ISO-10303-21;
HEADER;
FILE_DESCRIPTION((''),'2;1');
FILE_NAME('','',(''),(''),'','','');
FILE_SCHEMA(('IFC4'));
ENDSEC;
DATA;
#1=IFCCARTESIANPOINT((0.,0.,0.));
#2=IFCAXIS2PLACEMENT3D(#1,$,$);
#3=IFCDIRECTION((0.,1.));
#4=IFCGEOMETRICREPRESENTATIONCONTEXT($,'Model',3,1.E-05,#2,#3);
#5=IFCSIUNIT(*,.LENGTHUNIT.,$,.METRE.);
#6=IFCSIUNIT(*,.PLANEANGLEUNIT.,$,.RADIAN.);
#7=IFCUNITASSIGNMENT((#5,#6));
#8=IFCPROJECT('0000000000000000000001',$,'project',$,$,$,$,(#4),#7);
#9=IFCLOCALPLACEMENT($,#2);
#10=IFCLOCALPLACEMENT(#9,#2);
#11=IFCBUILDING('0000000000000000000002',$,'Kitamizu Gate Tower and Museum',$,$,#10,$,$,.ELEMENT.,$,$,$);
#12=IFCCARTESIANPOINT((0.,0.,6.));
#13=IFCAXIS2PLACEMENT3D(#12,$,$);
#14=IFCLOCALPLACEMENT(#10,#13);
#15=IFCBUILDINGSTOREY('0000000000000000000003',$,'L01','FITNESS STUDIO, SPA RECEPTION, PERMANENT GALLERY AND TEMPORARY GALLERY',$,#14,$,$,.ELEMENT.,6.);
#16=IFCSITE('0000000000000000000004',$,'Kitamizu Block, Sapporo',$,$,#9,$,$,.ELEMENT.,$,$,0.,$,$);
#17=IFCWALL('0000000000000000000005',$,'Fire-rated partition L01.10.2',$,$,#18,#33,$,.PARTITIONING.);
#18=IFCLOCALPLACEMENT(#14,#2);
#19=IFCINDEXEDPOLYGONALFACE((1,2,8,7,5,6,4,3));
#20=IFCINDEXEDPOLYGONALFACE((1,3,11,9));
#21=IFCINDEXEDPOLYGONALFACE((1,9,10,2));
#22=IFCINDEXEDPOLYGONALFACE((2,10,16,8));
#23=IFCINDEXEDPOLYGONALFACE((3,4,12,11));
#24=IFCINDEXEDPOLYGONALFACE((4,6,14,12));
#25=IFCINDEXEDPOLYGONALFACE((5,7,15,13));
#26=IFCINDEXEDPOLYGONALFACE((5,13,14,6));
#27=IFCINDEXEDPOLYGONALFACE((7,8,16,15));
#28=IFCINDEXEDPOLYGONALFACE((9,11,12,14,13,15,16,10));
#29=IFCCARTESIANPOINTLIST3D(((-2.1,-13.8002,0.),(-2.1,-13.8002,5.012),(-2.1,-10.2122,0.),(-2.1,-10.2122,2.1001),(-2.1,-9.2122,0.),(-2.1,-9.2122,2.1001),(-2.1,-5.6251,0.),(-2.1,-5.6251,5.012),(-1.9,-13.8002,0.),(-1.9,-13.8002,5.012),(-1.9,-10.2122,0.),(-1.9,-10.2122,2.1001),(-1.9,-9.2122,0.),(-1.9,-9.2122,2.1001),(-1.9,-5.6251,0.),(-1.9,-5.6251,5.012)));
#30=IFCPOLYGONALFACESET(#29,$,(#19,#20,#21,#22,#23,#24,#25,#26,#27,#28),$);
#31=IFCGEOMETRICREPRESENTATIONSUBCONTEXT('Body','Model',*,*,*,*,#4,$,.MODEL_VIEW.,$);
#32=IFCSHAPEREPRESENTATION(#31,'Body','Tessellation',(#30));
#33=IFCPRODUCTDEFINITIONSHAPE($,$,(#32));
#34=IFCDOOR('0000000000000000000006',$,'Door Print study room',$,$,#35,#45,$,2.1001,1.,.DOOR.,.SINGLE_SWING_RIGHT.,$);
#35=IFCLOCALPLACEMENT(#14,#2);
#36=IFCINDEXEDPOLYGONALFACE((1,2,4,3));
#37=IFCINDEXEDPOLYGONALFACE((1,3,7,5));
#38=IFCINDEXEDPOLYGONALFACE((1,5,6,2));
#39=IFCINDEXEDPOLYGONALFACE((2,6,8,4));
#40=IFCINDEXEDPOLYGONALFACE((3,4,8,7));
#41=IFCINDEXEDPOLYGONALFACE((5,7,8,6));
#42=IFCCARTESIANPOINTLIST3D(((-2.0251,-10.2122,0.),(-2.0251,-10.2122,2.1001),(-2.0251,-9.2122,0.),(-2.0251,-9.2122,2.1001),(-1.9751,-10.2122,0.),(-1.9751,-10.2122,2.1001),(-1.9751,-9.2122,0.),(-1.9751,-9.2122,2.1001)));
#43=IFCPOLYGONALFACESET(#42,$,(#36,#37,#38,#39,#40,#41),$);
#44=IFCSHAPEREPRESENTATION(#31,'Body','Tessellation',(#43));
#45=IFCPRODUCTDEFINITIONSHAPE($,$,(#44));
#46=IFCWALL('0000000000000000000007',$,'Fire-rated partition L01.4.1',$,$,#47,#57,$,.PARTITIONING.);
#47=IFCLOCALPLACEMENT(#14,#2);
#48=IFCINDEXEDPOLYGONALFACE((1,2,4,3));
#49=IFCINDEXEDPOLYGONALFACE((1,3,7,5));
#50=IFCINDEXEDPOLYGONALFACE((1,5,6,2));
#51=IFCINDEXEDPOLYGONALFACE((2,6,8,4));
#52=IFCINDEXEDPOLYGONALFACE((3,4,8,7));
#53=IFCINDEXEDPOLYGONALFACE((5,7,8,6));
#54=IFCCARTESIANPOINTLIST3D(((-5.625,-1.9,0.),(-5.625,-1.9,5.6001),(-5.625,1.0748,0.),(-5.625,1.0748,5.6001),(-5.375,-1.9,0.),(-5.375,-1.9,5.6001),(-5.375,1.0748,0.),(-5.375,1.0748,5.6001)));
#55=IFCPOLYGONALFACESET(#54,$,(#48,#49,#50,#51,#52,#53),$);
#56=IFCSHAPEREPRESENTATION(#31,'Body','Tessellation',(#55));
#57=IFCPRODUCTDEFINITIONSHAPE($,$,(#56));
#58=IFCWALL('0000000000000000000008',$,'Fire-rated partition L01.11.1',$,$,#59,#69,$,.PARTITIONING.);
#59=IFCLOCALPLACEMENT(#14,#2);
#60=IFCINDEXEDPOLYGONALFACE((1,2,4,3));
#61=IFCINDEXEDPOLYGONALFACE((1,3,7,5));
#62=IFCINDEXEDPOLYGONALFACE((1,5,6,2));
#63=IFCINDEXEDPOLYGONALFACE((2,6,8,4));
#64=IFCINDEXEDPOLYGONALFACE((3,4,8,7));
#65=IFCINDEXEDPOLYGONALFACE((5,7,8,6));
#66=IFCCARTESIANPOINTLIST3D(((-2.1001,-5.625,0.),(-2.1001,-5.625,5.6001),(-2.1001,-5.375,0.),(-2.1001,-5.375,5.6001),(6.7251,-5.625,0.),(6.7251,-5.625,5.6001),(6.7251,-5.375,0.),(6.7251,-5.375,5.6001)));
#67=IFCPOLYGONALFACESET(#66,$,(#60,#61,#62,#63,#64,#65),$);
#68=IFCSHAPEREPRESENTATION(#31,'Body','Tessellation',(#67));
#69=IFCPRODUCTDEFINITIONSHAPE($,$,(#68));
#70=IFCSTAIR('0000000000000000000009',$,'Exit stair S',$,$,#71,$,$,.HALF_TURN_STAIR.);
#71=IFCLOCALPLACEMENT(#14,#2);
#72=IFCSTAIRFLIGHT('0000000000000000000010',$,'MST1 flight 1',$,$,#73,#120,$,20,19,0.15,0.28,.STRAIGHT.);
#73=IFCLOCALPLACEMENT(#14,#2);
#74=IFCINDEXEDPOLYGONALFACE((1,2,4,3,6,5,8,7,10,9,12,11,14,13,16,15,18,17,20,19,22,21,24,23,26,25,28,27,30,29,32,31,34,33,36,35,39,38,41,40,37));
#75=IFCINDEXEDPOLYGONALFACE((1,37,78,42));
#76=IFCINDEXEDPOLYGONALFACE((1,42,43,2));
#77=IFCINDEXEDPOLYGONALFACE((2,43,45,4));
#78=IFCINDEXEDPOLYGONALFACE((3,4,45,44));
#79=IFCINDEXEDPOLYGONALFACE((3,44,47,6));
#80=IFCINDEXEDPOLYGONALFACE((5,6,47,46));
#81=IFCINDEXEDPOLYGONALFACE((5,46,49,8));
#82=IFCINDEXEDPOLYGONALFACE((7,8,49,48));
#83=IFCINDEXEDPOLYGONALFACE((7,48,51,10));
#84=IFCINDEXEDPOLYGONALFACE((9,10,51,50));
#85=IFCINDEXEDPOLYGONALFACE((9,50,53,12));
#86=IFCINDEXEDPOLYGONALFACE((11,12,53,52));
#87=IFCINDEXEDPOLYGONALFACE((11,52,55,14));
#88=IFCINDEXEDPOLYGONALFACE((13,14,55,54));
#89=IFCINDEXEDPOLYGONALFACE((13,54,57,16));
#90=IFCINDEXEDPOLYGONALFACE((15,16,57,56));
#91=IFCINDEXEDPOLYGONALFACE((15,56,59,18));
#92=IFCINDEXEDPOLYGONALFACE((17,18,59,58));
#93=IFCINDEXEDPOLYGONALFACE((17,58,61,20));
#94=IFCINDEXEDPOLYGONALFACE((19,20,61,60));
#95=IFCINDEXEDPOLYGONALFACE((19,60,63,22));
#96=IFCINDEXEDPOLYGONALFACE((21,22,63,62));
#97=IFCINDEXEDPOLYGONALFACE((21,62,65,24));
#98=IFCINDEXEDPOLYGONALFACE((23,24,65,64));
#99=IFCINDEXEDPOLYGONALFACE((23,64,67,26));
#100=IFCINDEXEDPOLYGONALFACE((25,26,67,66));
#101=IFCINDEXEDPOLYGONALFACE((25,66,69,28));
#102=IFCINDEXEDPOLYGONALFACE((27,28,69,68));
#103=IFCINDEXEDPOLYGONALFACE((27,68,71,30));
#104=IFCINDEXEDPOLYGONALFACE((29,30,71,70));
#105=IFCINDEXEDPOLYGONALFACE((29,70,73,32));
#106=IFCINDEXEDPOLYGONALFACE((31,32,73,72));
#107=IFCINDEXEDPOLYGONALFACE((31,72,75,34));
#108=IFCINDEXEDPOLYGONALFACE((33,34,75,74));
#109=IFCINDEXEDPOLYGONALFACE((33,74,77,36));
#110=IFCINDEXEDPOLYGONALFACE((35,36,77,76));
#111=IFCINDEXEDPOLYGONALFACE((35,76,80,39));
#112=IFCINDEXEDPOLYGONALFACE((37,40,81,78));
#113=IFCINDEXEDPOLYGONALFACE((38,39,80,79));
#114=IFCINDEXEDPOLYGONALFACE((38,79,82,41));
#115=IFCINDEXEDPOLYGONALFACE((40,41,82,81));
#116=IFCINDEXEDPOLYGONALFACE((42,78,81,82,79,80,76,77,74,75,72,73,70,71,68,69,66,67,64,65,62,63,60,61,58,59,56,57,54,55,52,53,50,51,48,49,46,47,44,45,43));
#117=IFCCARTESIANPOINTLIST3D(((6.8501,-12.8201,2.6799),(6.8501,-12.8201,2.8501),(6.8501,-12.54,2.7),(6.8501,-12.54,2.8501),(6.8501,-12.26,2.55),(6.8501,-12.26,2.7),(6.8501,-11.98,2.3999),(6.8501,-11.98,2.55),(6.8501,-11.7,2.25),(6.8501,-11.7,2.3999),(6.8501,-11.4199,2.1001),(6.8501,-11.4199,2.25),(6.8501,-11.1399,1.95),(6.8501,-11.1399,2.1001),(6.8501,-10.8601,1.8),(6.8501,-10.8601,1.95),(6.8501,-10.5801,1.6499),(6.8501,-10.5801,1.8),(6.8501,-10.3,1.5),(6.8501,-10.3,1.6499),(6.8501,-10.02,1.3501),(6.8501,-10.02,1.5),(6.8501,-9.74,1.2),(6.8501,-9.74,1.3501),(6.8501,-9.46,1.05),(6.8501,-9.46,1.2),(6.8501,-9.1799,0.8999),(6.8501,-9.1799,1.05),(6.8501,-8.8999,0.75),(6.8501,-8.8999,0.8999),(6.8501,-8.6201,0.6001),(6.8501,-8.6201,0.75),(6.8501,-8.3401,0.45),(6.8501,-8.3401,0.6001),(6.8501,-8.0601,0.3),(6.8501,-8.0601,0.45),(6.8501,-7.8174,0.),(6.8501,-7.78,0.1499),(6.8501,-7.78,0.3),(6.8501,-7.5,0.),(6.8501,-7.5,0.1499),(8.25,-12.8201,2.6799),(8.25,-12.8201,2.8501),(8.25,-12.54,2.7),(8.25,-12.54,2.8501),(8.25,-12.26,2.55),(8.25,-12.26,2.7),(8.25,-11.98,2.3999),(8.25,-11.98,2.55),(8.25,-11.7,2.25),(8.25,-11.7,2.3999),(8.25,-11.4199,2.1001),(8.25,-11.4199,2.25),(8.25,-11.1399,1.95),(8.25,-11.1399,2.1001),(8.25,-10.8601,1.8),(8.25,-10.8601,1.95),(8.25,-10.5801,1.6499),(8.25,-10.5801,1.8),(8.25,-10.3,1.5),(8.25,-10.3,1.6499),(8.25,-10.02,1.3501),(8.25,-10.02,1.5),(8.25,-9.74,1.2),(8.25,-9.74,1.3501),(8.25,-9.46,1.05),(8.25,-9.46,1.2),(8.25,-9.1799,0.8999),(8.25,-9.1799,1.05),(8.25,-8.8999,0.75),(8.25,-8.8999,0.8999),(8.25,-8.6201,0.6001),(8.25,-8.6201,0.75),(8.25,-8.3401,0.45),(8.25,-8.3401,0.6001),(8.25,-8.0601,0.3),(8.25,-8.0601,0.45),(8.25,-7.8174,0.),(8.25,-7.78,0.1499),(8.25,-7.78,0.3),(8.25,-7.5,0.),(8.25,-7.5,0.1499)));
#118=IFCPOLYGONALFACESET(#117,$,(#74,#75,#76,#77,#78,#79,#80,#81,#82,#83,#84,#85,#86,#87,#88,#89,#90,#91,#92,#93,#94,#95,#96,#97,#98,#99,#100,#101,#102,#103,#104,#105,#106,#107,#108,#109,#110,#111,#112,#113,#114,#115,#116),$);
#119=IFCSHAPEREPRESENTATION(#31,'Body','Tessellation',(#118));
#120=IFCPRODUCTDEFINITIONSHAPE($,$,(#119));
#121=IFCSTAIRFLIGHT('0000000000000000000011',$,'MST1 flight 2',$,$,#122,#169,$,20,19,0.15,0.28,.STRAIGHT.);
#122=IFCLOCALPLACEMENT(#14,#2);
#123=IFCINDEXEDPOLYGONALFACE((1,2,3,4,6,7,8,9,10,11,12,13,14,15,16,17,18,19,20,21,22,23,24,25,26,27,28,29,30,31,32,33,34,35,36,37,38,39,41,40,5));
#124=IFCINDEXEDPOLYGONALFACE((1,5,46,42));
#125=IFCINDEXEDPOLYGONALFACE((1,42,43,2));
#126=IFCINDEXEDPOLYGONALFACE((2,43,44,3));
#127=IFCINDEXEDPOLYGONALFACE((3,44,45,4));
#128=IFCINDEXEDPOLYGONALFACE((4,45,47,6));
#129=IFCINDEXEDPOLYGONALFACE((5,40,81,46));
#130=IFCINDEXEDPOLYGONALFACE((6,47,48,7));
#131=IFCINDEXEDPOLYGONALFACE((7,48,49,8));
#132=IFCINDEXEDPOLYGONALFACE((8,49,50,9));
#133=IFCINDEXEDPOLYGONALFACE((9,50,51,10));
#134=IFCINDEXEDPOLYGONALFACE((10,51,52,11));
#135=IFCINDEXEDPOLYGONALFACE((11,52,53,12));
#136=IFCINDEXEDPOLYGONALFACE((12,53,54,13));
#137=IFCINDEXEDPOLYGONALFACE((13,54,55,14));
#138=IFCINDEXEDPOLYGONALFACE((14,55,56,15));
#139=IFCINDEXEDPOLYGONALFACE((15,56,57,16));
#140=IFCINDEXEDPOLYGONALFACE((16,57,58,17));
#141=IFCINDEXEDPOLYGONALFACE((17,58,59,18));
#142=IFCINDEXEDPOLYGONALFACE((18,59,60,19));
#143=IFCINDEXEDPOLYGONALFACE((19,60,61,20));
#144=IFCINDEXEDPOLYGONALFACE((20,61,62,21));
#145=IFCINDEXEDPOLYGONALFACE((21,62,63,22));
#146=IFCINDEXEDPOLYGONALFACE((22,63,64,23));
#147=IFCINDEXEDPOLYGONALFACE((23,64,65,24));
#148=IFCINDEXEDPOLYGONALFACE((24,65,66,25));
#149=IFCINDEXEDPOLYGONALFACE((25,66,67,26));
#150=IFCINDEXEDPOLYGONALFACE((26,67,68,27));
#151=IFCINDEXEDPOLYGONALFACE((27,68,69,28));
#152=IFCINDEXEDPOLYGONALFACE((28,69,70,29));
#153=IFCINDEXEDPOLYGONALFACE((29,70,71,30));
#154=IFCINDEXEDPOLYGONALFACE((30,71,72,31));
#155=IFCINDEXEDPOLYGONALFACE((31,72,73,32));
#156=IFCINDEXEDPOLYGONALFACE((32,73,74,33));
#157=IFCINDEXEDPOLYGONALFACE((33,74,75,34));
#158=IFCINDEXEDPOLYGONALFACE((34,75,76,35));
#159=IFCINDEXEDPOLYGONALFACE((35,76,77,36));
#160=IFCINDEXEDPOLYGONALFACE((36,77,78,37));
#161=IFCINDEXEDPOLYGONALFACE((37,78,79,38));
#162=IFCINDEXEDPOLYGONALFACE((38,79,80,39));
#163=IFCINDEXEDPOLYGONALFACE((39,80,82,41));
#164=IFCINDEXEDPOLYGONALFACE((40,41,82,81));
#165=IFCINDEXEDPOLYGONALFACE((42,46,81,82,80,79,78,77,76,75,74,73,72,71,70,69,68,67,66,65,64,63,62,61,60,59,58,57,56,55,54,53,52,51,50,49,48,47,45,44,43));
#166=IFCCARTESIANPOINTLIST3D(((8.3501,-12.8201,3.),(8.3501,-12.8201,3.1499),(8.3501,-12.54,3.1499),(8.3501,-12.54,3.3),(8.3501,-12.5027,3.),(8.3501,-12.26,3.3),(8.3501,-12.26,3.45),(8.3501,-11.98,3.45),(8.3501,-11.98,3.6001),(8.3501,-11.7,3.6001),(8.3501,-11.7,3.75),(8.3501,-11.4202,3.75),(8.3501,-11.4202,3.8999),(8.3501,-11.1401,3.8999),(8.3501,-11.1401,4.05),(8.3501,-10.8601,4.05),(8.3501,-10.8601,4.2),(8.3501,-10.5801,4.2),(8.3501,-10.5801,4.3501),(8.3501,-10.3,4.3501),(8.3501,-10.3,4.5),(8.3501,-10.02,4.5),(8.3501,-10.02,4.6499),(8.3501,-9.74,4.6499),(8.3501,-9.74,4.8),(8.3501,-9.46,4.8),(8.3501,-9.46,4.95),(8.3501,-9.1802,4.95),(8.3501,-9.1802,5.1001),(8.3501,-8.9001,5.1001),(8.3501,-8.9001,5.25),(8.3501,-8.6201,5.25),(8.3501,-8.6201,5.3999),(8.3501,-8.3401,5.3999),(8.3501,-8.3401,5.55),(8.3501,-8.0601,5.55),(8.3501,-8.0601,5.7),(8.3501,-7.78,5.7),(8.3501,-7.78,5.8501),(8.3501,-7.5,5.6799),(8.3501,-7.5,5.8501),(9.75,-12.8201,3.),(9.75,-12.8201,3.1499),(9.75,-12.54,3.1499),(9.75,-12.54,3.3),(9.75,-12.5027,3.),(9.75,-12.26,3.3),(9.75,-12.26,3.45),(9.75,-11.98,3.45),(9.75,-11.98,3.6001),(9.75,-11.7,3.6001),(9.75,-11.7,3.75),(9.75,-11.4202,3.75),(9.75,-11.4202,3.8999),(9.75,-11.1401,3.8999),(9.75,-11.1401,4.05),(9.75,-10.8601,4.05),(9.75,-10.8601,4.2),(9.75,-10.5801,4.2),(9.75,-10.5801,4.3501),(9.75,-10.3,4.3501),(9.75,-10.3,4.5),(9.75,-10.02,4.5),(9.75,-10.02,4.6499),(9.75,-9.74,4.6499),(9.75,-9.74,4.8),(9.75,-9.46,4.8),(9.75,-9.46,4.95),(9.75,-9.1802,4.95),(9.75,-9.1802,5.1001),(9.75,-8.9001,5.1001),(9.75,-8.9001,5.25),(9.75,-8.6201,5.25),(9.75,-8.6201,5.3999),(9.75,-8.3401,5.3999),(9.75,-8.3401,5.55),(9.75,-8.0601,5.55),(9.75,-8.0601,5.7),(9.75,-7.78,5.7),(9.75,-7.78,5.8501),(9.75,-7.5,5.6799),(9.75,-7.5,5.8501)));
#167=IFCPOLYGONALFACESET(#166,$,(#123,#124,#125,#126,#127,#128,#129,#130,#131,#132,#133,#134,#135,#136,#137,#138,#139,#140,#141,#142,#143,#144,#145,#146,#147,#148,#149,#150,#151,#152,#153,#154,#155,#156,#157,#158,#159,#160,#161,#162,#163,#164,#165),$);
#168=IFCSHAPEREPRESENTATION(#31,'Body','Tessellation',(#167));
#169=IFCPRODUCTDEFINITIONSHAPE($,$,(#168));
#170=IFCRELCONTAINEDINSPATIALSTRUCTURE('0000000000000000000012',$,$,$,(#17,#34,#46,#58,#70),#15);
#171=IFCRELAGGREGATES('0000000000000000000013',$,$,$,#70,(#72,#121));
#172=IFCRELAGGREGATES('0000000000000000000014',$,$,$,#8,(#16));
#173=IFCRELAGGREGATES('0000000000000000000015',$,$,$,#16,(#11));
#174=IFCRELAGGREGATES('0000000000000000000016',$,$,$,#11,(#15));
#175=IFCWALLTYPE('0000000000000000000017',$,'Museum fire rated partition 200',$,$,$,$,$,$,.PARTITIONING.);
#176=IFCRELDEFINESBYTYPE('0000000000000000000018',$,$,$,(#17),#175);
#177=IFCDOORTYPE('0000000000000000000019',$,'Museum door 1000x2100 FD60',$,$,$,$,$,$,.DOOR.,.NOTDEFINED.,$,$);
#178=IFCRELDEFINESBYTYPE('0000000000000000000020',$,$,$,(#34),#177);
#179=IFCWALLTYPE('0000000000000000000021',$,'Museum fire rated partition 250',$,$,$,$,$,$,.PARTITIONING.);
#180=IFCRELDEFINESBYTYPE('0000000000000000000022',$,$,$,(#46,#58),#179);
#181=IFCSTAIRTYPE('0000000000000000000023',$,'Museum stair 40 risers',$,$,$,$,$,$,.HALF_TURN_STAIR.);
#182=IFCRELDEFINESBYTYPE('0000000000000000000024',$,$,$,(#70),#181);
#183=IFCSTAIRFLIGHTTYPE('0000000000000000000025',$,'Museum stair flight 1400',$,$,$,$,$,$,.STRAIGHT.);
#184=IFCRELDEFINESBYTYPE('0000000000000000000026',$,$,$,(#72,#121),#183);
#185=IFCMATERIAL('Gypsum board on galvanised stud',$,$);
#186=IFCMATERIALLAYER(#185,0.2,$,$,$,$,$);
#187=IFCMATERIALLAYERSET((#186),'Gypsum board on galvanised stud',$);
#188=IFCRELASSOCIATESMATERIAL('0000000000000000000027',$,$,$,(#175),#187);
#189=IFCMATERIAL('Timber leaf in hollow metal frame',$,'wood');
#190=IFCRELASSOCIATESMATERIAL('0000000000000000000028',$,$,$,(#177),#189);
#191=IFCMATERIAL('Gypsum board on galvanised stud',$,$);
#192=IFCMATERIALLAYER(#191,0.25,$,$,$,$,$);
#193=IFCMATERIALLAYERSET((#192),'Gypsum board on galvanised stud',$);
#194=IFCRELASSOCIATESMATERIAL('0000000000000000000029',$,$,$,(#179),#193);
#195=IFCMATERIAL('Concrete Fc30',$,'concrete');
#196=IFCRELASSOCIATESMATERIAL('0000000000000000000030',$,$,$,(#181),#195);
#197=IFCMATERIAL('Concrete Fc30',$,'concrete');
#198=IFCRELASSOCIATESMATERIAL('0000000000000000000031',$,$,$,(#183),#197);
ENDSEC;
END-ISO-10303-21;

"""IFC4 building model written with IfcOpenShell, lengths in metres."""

from ifc_helpers import new_model, si_unit, direction, frame, frame_2d, origin, place, context, subcontext, project, spatial, polyline, rectangle, outline, extrude, material, layer, layer_set, type_object, element, fill, aggregate, save


model = new_model("IFC4")

# Units and contexts
model_context = context("Model", 3, precision=1e-05, world=origin(), true_north=direction((0.0, 1.0)))
body_context = subcontext(model_context, "Body", "Model", "MODEL_VIEW")
ifc_project = project(units=[si_unit("LENGTHUNIT", "METRE"), si_unit("PLANEANGLEUNIT", "RADIAN")], contexts=[model_context])

# Site, building, storey
site_placement = place(None, origin())
site = spatial("IfcSite", under=ifc_project, at=site_placement, Name="Kitamizu Block, Sapporo", CompositionType="ELEMENT", RefElevation=0.0)
building_placement = place(site_placement, origin())
building = spatial("IfcBuilding", under=site, at=building_placement, Name="Kitamizu Gate Tower and Museum", CompositionType="ELEMENT")
storey_placement = place(building_placement, frame((0.0, 0.0, 6.0)))
storey = spatial("IfcBuildingStorey", under=building, at=storey_placement, Name="L01", Description="FITNESS STUDIO, SPA RECEPTION, PERMANENT GALLERY AND TEMPORARY GALLERY", CompositionType="ELEMENT", Elevation=6.0)

# Wall, opening, door
ifc_material_1 = material(Name="Gypsum board on galvanised stud")
ifc_layer_1 = layer(ifc_material_1, 0.2)
ifc_layer_set_1 = layer_set([ifc_layer_1], Name="Gypsum board on galvanised stud")
wall_type_1 = type_object("IfcWallType", Name="Museum fire rated partition 200", PredefinedType="PARTITIONING", material=ifc_layer_set_1)
wall_1_placement = place(storey_placement, frame((-2.0, -13.8, 0.0), z_axis=(0.0, 0.0, 1.0), x_axis=(0.0, 1.0, 0.0)))
wall_1 = element("IfcWall", 1, at=wall_1_placement, inside=storey, type_object=wall_type_1, Name="Fire-rated partition L01.10.2", PredefinedType="PARTITIONING", context=body_context, shape_type="SweptSolid", body=[
    extrude(rectangle(XDim=8.175, YDim=0.2, at=frame_2d((4.0874, 0.0))), origin(), (0.0, 0.0, 1.0), 5.012),
])
opening_1_placement = place(wall_1_placement, frame((3.5879, 0.0, 0.0)))
opening_1 = element("IfcOpeningElement", 2, at=opening_1_placement, cuts=wall_1, PredefinedType="OPENING", context=body_context, shape_type="SweptSolid", body=[
    extrude(rectangle(XDim=1.0, YDim=2.1001, at=frame_2d((0.5, 1.05))), frame((0.0, 0.1099, 0.0), z_axis=(0.0, -1.0, 0.0), x_axis=(1.0, 0.0, 0.0)), (0.0, 0.0, 1.0), 0.22),
])
ifc_material_2 = material(Name="Timber leaf in hollow metal frame", Category="wood")
door_type_1 = type_object("IfcDoorType", Name="Museum door 1000x2100 FD60", OperationType="NOTDEFINED", PredefinedType="DOOR", material=ifc_material_2)
door_1_placement = place(opening_1_placement, frame((1.0, 0.0, 0.0), x_axis=(-1.0, 0.0, 0.0)))
door_1 = element("IfcDoor", 3, at=door_1_placement, inside=storey, type_object=door_type_1, Name="Door Print study room", OperationType="SINGLE_SWING_RIGHT", OverallHeight=2.1001, OverallWidth=1.0, PredefinedType="DOOR", context=body_context, shape_type="SweptSolid", body=[
    extrude(rectangle(XDim=1.0, YDim=2.1001, at=frame_2d((0.5, 1.05))), frame((0.0, 0.0249, 0.0), z_axis=(0.0, -1.0, 0.0), x_axis=(1.0, 0.0, 0.0)), (0.0, 0.0, 1.0), 0.05),
])
fill(opening_1, door_1)

# Walls
ifc_material_3 = material(Name="Gypsum board on galvanised stud")
ifc_layer_2 = layer(ifc_material_3, 0.25)
ifc_layer_set_2 = layer_set([ifc_layer_2], Name="Gypsum board on galvanised stud")
wall_type_2 = type_object("IfcWallType", Name="Museum fire rated partition 250", PredefinedType="PARTITIONING", material=ifc_layer_set_2)
wall_2_placement = place(storey_placement, frame((-5.5, -1.8999, 0.0), z_axis=(0.0, 0.0, 1.0), x_axis=(0.0, 1.0, 0.0)))
element("IfcWall", 4, at=wall_2_placement, inside=storey, type_object=wall_type_2, Name="Fire-rated partition L01.4.1", PredefinedType="PARTITIONING", context=body_context, shape_type="SweptSolid", body=[
    extrude(rectangle(XDim=2.9749, YDim=0.25, at=frame_2d((1.4873, 0.0))), origin(), (0.0, 0.0, 1.0), 5.6001),
])
wall_3_placement = place(storey_placement, frame((-2.1001, -5.5, 0.0), z_axis=(0.0, 0.0, 1.0), x_axis=(1.0, 0.0, 0.0)))
element("IfcWall", 5, at=wall_3_placement, inside=storey, type_object=wall_type_2, Name="Fire-rated partition L01.11.1", PredefinedType="PARTITIONING", context=body_context, shape_type="SweptSolid", body=[
    extrude(rectangle(XDim=8.8252, YDim=0.25, at=frame_2d((4.4126, 0.0))), origin(), (0.0, 0.0, 1.0), 5.6001),
])

# Stair, stair flights
ifc_material_4 = material(Name="Concrete Fc30", Category="concrete")
stair_type = type_object("IfcStairType", Name="Museum stair 40 risers", PredefinedType="HALF_TURN_STAIR", material=ifc_material_4)
stair_placement = place(storey_placement, origin())
stair = element("IfcStair", 6, at=stair_placement, inside=storey, type_object=stair_type, Name="Exit stair S", PredefinedType="HALF_TURN_STAIR")
ifc_material_5 = material(Name="Concrete Fc30", Category="concrete")
stair_flight_type = type_object("IfcStairFlightType", Name="Museum stair flight 1400", PredefinedType="STRAIGHT", material=ifc_material_5)
stair_flight_1_placement = place(storey_placement, frame((7.55, -7.5, 0.0), z_axis=(0.0, 0.0, 1.0), x_axis=(0.0, -1.0, 0.0)))
stair_flight_1 = element("IfcStairFlight", 7, at=stair_flight_1_placement, type_object=stair_flight_type, Name="MST1 flight 1", NumberOfRisers=20, NumberOfTreads=19, PredefinedType="STRAIGHT", RiserHeight=0.15, TreadLength=0.28, context=body_context, shape_type="SweptSolid", body=[
    extrude(outline(polyline([(0.0, 0.0), (0.0, 0.1499), (0.28, 0.1499), (0.28, 0.3), (0.5601, 0.3), (0.5601, 0.45), (0.8401, 0.45), (0.8401, 0.6001), (1.1201, 0.6001), (1.1201, 0.75), (1.3999, 0.75), (1.3999, 0.8999), (1.6799, 0.8999), (1.6799, 1.05), (1.96, 1.05), (1.96, 1.2), (2.24, 1.2), (2.24, 1.3501), (2.52, 1.3501), (2.52, 1.5), (2.8, 1.5), (2.8, 1.6499), (3.0801, 1.6499), (3.0801, 1.8), (3.3601, 1.8), (3.3601, 1.95), (3.6399, 1.95), (3.6399, 2.1001), (3.9199, 2.1001), (3.9199, 2.25), (4.2, 2.25), (4.2, 2.3999), (4.48, 2.3999), (4.48, 2.55), (4.76, 2.55), (4.76, 2.7), (5.04, 2.7), (5.04, 2.8501), (5.3201, 2.8501), (5.3201, 3.0), (5.3201, 2.6799), (0.3174, 0.0), (0.0, 0.0)])), frame((0.0, 0.7, 0.0), z_axis=(0.0, -1.0, 0.0), x_axis=(1.0, 0.0, 0.0)), (0.0, 0.0, 1.0), 1.3999),
])
stair_flight_2_placement = place(storey_placement, frame((9.05, -12.8201, 3.0), z_axis=(0.0, 0.0, 1.0), x_axis=(0.0, 1.0, 0.0)))
stair_flight_2 = element("IfcStairFlight", 8, at=stair_flight_2_placement, type_object=stair_flight_type, Name="MST1 flight 2", NumberOfRisers=20, NumberOfTreads=19, PredefinedType="STRAIGHT", RiserHeight=0.15, TreadLength=0.28, context=body_context, shape_type="SweptSolid", body=[
    extrude(outline(polyline([(0.0, 0.0), (0.0, 0.1499), (0.28, 0.1499), (0.28, 0.3), (0.5601, 0.3), (0.5601, 0.45), (0.8401, 0.45), (0.8401, 0.6001), (1.1201, 0.6001), (1.1201, 0.75), (1.3999, 0.75), (1.3999, 0.8999), (1.6799, 0.8999), (1.6799, 1.05), (1.96, 1.05), (1.96, 1.2), (2.24, 1.2), (2.24, 1.3501), (2.52, 1.3501), (2.52, 1.5), (2.8, 1.5), (2.8, 1.6499), (3.0801, 1.6499), (3.0801, 1.8), (3.3601, 1.8), (3.3601, 1.95), (3.6399, 1.95), (3.6399, 2.1001), (3.9199, 2.1001), (3.9199, 2.25), (4.2, 2.25), (4.2, 2.3999), (4.48, 2.3999), (4.48, 2.55), (4.76, 2.55), (4.76, 2.7), (5.04, 2.7), (5.04, 2.8501), (5.3201, 2.8501), (5.3201, 3.0), (5.3201, 2.6799), (0.3174, 0.0), (0.0, 0.0)])), frame((0.0, 0.7, 0.0), z_axis=(0.0, -1.0, 0.0), x_axis=(1.0, 0.0, 0.0)), (0.0, 0.0, 1.0), 1.3999),
])
aggregate(stair, [stair_flight_1, stair_flight_2])

save(model, "model.ifc")
